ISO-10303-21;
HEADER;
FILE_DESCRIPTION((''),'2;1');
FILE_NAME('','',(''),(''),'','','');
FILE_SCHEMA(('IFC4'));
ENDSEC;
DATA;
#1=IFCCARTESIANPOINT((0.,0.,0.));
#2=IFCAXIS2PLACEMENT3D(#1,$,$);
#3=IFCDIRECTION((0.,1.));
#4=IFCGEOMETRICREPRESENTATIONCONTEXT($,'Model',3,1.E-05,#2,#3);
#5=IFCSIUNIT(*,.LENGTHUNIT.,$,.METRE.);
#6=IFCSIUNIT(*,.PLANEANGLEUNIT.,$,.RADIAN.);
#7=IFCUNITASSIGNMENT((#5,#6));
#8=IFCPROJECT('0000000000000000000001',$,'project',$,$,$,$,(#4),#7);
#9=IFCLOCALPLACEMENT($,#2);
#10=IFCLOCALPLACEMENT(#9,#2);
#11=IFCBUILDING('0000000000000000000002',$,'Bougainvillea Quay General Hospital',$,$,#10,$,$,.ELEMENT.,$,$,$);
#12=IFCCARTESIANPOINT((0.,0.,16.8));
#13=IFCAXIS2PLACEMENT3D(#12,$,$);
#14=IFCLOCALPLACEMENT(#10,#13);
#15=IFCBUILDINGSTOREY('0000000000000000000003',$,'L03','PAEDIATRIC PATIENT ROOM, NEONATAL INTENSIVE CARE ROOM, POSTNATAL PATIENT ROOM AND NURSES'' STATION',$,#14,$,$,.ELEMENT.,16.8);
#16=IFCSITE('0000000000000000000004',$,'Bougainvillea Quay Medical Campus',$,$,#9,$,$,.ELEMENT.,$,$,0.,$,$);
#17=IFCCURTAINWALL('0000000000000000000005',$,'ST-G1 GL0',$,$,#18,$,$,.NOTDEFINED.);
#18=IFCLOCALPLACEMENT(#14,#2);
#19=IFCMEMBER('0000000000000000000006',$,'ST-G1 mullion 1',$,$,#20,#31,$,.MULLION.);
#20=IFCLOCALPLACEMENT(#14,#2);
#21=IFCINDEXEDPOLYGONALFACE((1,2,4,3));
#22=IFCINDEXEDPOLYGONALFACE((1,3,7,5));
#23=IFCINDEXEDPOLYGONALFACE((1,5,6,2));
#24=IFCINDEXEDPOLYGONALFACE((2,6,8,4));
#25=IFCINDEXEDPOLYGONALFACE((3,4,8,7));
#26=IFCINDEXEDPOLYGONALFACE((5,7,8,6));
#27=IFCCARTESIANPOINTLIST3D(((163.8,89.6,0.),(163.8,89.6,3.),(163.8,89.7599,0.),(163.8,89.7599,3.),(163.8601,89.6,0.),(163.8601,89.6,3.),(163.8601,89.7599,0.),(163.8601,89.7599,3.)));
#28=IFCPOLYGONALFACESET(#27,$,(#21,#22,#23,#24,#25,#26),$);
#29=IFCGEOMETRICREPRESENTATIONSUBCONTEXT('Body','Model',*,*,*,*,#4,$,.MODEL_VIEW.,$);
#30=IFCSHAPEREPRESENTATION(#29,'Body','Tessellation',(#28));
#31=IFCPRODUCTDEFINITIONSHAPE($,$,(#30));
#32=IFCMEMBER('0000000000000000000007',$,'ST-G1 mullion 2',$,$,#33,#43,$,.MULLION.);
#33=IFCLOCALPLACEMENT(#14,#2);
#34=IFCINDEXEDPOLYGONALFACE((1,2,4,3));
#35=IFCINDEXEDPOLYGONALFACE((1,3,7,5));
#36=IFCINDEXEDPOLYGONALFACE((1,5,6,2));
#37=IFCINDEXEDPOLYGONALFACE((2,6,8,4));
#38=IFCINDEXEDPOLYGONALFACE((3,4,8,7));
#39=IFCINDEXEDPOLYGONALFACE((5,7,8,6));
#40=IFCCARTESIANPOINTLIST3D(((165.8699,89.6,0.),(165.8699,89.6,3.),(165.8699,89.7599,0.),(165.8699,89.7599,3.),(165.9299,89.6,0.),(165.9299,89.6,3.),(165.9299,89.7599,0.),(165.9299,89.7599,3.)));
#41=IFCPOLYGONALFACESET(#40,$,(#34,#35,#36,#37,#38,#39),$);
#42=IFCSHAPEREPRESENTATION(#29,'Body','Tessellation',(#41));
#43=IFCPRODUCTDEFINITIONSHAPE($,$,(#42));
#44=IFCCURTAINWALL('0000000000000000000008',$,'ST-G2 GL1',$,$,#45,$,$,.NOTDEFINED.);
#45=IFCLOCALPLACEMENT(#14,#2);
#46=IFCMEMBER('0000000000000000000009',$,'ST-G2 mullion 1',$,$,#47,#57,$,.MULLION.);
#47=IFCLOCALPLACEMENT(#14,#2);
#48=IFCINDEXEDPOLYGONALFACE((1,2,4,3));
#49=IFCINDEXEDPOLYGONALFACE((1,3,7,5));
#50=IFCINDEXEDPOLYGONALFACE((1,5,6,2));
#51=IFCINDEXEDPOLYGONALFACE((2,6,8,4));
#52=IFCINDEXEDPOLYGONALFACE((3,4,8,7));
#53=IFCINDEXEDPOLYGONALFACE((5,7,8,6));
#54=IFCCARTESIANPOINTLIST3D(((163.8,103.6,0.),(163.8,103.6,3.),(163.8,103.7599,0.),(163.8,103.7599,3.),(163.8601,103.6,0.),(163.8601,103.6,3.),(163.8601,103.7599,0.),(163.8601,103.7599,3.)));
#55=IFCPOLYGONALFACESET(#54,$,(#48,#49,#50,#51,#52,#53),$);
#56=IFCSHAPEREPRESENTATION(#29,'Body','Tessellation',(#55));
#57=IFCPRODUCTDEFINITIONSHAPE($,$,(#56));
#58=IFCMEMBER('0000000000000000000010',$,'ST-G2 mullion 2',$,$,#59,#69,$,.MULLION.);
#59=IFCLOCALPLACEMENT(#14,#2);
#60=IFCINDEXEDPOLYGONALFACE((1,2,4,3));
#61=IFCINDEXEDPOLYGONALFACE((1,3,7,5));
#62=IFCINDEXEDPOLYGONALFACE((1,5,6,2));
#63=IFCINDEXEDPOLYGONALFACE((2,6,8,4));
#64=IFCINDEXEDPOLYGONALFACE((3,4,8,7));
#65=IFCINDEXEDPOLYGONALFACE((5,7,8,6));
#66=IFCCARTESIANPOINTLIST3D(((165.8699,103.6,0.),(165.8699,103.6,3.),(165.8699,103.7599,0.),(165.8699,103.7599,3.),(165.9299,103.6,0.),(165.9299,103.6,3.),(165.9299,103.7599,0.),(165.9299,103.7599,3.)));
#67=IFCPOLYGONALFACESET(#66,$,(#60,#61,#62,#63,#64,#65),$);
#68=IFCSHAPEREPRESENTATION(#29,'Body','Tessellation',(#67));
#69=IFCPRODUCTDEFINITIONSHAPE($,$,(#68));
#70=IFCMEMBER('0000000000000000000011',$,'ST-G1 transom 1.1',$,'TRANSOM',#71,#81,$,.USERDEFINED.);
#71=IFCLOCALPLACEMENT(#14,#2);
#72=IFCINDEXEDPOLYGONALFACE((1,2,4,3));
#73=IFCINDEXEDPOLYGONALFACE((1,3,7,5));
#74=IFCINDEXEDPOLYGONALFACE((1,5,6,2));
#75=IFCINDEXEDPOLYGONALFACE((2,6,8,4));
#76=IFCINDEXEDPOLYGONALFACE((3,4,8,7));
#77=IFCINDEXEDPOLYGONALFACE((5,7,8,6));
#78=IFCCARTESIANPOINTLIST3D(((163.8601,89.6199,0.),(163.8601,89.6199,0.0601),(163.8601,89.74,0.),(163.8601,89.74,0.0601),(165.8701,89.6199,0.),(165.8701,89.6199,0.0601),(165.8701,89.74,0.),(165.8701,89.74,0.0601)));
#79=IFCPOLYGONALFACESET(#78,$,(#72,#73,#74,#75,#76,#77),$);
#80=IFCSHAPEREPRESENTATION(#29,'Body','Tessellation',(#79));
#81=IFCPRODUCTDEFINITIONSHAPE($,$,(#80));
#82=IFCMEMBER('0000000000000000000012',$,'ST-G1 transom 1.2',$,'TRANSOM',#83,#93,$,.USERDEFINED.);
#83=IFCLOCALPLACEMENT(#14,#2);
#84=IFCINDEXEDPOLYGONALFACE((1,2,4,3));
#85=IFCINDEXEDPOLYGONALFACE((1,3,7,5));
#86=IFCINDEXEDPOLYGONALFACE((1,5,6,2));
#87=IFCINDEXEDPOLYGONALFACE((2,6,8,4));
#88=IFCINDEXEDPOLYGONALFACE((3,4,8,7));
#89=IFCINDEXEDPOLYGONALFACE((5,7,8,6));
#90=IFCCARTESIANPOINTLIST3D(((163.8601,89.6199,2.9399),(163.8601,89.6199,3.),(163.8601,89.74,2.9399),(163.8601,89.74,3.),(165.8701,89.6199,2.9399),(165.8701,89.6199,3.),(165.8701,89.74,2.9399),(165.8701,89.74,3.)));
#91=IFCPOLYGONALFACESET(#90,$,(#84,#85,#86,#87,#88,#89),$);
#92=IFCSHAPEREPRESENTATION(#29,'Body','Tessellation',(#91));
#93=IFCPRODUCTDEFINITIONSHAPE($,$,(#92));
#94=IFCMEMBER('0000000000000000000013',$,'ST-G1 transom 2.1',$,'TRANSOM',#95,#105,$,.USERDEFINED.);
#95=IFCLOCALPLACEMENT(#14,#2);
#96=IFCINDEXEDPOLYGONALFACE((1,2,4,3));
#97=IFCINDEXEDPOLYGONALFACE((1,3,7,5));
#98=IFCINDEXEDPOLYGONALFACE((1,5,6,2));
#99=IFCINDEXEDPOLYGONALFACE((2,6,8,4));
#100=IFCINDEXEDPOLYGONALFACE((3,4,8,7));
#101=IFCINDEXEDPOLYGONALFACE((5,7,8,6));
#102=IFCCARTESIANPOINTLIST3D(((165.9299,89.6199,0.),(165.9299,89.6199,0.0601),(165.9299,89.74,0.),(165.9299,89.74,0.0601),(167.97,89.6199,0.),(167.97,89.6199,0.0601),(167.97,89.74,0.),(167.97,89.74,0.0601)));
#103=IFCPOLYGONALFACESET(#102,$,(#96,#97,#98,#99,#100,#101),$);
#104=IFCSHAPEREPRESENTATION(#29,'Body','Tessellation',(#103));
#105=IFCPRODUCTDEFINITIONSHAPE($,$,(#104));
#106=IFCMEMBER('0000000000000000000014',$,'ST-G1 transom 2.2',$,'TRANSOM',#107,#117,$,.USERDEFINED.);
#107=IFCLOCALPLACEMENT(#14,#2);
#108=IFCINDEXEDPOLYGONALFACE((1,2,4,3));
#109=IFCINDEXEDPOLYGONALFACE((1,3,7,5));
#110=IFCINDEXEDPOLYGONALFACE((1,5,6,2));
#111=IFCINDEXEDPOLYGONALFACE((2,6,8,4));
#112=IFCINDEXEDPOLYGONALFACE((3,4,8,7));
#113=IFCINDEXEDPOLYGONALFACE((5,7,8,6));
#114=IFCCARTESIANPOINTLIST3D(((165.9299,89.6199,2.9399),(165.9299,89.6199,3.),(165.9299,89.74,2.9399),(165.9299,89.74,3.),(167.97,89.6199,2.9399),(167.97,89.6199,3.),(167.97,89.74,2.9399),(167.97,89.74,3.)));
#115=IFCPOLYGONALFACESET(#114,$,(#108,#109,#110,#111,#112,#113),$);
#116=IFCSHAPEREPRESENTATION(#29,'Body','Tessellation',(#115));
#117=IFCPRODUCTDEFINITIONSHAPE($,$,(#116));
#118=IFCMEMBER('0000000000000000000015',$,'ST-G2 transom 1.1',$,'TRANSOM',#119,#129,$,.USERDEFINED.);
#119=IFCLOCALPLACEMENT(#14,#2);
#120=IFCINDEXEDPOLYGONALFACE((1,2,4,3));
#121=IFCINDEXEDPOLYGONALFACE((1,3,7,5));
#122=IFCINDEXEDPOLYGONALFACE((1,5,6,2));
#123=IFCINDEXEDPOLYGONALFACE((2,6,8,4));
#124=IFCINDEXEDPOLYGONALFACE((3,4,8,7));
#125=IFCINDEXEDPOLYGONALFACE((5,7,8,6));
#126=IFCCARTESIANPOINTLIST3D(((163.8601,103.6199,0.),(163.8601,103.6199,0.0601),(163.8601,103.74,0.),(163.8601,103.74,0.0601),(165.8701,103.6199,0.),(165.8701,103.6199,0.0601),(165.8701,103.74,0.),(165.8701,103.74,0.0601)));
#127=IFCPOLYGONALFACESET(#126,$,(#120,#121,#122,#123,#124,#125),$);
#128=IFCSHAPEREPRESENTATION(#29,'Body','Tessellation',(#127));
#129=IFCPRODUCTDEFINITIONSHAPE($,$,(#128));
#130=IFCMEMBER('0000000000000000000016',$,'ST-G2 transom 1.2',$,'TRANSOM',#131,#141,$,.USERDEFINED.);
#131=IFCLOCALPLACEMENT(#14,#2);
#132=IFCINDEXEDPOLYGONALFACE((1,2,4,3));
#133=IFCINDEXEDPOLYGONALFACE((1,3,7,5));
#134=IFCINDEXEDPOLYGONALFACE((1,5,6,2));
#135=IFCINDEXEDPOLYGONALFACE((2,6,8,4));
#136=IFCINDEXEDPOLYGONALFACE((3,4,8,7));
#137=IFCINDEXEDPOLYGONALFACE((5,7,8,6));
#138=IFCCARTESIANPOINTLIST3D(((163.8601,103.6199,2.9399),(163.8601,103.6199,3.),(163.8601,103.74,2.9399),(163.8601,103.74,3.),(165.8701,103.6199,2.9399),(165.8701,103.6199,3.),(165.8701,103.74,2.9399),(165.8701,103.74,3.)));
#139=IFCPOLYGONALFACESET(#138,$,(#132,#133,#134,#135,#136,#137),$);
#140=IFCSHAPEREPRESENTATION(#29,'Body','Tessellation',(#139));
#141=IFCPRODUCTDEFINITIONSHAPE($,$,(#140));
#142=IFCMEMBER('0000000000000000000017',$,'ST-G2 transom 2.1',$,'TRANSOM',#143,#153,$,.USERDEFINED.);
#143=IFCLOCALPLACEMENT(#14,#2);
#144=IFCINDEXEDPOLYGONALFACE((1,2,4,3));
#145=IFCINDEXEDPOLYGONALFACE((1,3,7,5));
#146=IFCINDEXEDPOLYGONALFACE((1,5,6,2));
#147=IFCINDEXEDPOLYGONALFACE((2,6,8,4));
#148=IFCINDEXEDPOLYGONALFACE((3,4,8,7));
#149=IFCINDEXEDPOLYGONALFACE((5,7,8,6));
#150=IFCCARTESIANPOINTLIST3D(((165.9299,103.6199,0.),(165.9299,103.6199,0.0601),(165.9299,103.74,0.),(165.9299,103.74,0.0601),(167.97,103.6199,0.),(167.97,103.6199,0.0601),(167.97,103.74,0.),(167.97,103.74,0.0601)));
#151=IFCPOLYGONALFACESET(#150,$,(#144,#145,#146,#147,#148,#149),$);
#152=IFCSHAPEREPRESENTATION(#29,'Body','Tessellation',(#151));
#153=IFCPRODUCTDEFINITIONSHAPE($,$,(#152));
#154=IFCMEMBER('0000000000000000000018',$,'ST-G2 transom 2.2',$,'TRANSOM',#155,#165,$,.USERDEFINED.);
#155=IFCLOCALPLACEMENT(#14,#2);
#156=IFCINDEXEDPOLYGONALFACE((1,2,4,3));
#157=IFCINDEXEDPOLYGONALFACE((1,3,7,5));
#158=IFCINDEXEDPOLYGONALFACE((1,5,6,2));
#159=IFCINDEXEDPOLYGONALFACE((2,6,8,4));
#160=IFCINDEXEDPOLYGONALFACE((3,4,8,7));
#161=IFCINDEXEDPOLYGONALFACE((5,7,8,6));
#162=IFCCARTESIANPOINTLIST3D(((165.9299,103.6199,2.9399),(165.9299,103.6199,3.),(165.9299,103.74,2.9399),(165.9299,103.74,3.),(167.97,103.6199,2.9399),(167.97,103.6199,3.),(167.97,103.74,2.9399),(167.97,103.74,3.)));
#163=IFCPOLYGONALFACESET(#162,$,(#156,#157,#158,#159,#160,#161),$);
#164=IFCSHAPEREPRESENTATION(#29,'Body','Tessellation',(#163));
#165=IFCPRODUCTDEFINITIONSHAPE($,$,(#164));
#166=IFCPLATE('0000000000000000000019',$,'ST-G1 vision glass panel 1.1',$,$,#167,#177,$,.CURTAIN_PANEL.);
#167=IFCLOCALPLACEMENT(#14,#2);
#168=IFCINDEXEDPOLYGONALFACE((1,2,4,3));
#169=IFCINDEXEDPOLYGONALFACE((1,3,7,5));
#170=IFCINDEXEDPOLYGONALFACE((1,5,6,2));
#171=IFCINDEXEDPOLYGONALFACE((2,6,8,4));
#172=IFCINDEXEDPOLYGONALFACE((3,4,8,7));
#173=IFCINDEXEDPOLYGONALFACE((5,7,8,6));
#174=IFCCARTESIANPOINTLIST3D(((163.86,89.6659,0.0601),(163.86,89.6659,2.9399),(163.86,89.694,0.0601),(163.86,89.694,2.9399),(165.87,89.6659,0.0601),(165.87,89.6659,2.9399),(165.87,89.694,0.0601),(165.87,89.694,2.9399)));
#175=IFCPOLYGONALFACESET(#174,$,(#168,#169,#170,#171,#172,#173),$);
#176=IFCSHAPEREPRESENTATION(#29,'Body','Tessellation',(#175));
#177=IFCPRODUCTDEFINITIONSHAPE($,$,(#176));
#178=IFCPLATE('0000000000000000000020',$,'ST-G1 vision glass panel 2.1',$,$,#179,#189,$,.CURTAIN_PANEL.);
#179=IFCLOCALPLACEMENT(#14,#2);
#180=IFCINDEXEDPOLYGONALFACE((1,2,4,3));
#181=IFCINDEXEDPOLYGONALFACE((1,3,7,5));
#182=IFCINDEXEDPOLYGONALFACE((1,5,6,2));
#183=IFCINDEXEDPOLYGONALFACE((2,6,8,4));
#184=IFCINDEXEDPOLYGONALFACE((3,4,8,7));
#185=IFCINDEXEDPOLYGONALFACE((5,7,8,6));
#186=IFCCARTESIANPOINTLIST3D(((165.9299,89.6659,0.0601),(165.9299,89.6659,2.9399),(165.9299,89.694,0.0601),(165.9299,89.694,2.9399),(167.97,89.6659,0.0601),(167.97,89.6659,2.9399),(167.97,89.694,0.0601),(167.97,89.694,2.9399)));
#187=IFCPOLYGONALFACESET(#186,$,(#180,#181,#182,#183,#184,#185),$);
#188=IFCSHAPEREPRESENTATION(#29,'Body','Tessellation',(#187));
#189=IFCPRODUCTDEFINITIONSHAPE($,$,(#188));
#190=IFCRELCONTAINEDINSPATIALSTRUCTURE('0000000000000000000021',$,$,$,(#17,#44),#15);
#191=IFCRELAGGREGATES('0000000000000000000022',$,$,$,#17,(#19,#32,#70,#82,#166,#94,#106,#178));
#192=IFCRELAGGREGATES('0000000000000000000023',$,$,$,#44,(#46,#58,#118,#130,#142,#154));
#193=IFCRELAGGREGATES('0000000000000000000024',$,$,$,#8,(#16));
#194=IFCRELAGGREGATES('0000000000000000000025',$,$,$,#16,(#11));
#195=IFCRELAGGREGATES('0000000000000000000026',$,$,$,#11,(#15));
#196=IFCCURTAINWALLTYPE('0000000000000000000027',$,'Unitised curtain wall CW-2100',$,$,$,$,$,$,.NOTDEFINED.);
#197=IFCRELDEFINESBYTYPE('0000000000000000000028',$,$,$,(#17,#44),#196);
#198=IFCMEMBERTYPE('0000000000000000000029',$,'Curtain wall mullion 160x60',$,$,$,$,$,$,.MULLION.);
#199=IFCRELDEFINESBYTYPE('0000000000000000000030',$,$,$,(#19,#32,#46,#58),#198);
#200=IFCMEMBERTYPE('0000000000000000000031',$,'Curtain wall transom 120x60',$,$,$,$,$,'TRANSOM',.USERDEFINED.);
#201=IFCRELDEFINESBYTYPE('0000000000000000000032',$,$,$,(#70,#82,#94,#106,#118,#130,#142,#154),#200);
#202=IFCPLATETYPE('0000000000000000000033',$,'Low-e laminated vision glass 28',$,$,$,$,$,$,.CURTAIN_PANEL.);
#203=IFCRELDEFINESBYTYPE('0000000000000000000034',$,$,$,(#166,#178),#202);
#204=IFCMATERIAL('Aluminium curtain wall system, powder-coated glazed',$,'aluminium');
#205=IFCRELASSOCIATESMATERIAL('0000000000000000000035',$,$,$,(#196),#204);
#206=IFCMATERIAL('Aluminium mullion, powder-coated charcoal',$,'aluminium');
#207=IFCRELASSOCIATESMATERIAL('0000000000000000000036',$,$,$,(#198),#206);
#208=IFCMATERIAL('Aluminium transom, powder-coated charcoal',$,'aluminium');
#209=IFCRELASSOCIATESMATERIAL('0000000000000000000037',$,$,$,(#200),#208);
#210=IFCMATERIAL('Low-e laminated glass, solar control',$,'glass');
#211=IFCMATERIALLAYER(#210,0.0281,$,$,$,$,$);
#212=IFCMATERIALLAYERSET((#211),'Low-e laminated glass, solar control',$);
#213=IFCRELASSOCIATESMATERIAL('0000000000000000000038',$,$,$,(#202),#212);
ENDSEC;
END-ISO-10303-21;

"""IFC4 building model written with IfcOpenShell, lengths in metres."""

from ifc_helpers import new_model, si_unit, direction, frame, origin, origin_2d, place, context, subcontext, project, spatial, rectangle, extrude, material, layer, layer_set, material_profile, profile_set, type_object, element, aggregate, save


model = new_model("IFC4")

# Units and contexts
model_context = context("Model", 3, precision=1e-05, world=origin(), true_north=direction((0.0, 1.0)))
body_context = subcontext(model_context, "Body", "Model", "MODEL_VIEW")
ifc_project = project(units=[si_unit("LENGTHUNIT", "METRE"), si_unit("PLANEANGLEUNIT", "RADIAN")], contexts=[model_context])

# Site, building, storey
site_placement = place(None, origin())
site = spatial("IfcSite", under=ifc_project, at=site_placement, Name="Bougainvillea Quay Medical Campus", CompositionType="ELEMENT", RefElevation=0.0)
building_placement = place(site_placement, origin())
building = spatial("IfcBuilding", under=site, at=building_placement, Name="Bougainvillea Quay General Hospital", CompositionType="ELEMENT")
storey_placement = place(building_placement, frame((0.0, 0.0, 16.8)))
storey = spatial("IfcBuildingStorey", under=building, at=storey_placement, Name="L03", Description="PAEDIATRIC PATIENT ROOM, NEONATAL INTENSIVE CARE ROOM, POSTNATAL PATIENT ROOM AND NURSES' STATION", CompositionType="ELEMENT", Elevation=16.8)

# Curtain walls, members
ifc_material_1 = material(Name="Aluminium curtain wall system, powder-coated glazed", Category="aluminium")
curtain_wall_type = type_object("IfcCurtainWallType", Name="Unitised curtain wall CW-2100", PredefinedType="NOTDEFINED", material=ifc_material_1)
curtain_wall_1_placement = place(storey_placement, origin())
curtain_wall_1 = element("IfcCurtainWall", 1, at=curtain_wall_1_placement, inside=storey, type_object=curtain_wall_type, Name="ST-G1 GL0", PredefinedType="NOTDEFINED")
ifc_material_2 = material(Name="Aluminium mullion, powder-coated charcoal", Category="aluminium")
ifc_material_profile_1 = material_profile(ifc_material_2, rectangle(XDim=0.1599, YDim=0.0601, at=origin_2d()))
ifc_profile_set_1 = profile_set([ifc_material_profile_1], Name="Aluminium mullion, powder-coated charcoal")
member_type_1 = type_object("IfcMemberType", Name="Curtain wall mullion 160x60", PredefinedType="MULLION", material=ifc_profile_set_1)
member_1_placement = place(storey_placement, frame((163.8301, 89.6799, 0.0), z_axis=(0.0, 0.0, 1.0), x_axis=(0.0, 1.0, 0.0)))
member_1 = element("IfcMember", 2, at=member_1_placement, type_object=member_type_1, Name="ST-G1 mullion 1", PredefinedType="MULLION", context=body_context, shape_type="SweptSolid", body=[
    extrude(rectangle(XDim=0.1599, YDim=0.0601, at=origin_2d()), origin(), (0.0, 0.0, 1.0), 3.0),
])
member_2_placement = place(storey_placement, frame((165.8999, 89.6799, 0.0), z_axis=(0.0, 0.0, 1.0), x_axis=(0.0, 1.0, 0.0)))
member_2 = element("IfcMember", 3, at=member_2_placement, type_object=member_type_1, Name="ST-G1 mullion 2", PredefinedType="MULLION", context=body_context, shape_type="SweptSolid", body=[
    extrude(rectangle(XDim=0.1599, YDim=0.0601, at=origin_2d()), origin(), (0.0, 0.0, 1.0), 3.0),
])
curtain_wall_2_placement = place(storey_placement, origin())
curtain_wall_2 = element("IfcCurtainWall", 4, at=curtain_wall_2_placement, inside=storey, type_object=curtain_wall_type, Name="ST-G2 GL1", PredefinedType="NOTDEFINED")
member_3_placement = place(storey_placement, frame((163.8301, 103.6799, 0.0), z_axis=(0.0, 0.0, 1.0), x_axis=(0.0, 1.0, 0.0)))
member_3 = element("IfcMember", 5, at=member_3_placement, type_object=member_type_1, Name="ST-G2 mullion 1", PredefinedType="MULLION", context=body_context, shape_type="SweptSolid", body=[
    extrude(rectangle(XDim=0.1599, YDim=0.0601, at=origin_2d()), origin(), (0.0, 0.0, 1.0), 3.0),
])
member_4_placement = place(storey_placement, frame((165.8999, 103.6799, 0.0), z_axis=(0.0, 0.0, 1.0), x_axis=(0.0, 1.0, 0.0)))
member_4 = element("IfcMember", 6, at=member_4_placement, type_object=member_type_1, Name="ST-G2 mullion 2", PredefinedType="MULLION", context=body_context, shape_type="SweptSolid", body=[
    extrude(rectangle(XDim=0.1599, YDim=0.0601, at=origin_2d()), origin(), (0.0, 0.0, 1.0), 3.0),
])

# Members
ifc_material_3 = material(Name="Aluminium transom, powder-coated charcoal", Category="aluminium")
ifc_material_profile_2 = material_profile(ifc_material_3, rectangle(XDim=0.1201, YDim=0.0601, at=origin_2d()))
ifc_profile_set_2 = profile_set([ifc_material_profile_2], Name="Aluminium transom, powder-coated charcoal")
member_type_2 = type_object("IfcMemberType", Name="Curtain wall transom 120x60", ElementType="TRANSOM", PredefinedType="USERDEFINED", material=ifc_profile_set_2)
member_5_placement = place(storey_placement, frame((163.8601, 89.6799, 0.03), z_axis=(1.0, 0.0, 0.0), x_axis=(0.0, 1.0, 0.0)))
member_5 = element("IfcMember", 7, at=member_5_placement, type_object=member_type_2, Name="ST-G1 transom 1.1", ObjectType="TRANSOM", PredefinedType="USERDEFINED", context=body_context, shape_type="SweptSolid", body=[
    extrude(rectangle(XDim=0.1201, YDim=0.0601, at=origin_2d()), origin(), (0.0, 0.0, 1.0), 2.01),
])
member_6_placement = place(storey_placement, frame((163.8601, 89.6799, 2.97), z_axis=(1.0, 0.0, 0.0), x_axis=(0.0, 1.0, 0.0)))
member_6 = element("IfcMember", 8, at=member_6_placement, type_object=member_type_2, Name="ST-G1 transom 1.2", ObjectType="TRANSOM", PredefinedType="USERDEFINED", context=body_context, shape_type="SweptSolid", body=[
    extrude(rectangle(XDim=0.1201, YDim=0.0601, at=origin_2d()), origin(), (0.0, 0.0, 1.0), 2.01),
])
member_7_placement = place(storey_placement, frame((165.9299, 89.6799, 0.03), z_axis=(1.0, 0.0, 0.0), x_axis=(0.0, 1.0, 0.0)))
member_7 = element("IfcMember", 9, at=member_7_placement, type_object=member_type_2, Name="ST-G1 transom 2.1", ObjectType="TRANSOM", PredefinedType="USERDEFINED", context=body_context, shape_type="SweptSolid", body=[
    extrude(rectangle(XDim=0.1201, YDim=0.0601, at=origin_2d()), origin(), (0.0, 0.0, 1.0), 2.04),
])
member_8_placement = place(storey_placement, frame((165.9299, 89.6799, 2.97), z_axis=(1.0, 0.0, 0.0), x_axis=(0.0, 1.0, 0.0)))
member_8 = element("IfcMember", 10, at=member_8_placement, type_object=member_type_2, Name="ST-G1 transom 2.2", ObjectType="TRANSOM", PredefinedType="USERDEFINED", context=body_context, shape_type="SweptSolid", body=[
    extrude(rectangle(XDim=0.1201, YDim=0.0601, at=origin_2d()), origin(), (0.0, 0.0, 1.0), 2.04),
])
member_9_placement = place(storey_placement, frame((163.8601, 103.6799, 0.03), z_axis=(1.0, 0.0, 0.0), x_axis=(0.0, 1.0, 0.0)))
member_9 = element("IfcMember", 11, at=member_9_placement, type_object=member_type_2, Name="ST-G2 transom 1.1", ObjectType="TRANSOM", PredefinedType="USERDEFINED", context=body_context, shape_type="SweptSolid", body=[
    extrude(rectangle(XDim=0.1201, YDim=0.0601, at=origin_2d()), origin(), (0.0, 0.0, 1.0), 2.01),
])
member_10_placement = place(storey_placement, frame((163.8601, 103.6799, 2.97), z_axis=(1.0, 0.0, 0.0), x_axis=(0.0, 1.0, 0.0)))
member_10 = element("IfcMember", 12, at=member_10_placement, type_object=member_type_2, Name="ST-G2 transom 1.2", ObjectType="TRANSOM", PredefinedType="USERDEFINED", context=body_context, shape_type="SweptSolid", body=[
    extrude(rectangle(XDim=0.1201, YDim=0.0601, at=origin_2d()), origin(), (0.0, 0.0, 1.0), 2.01),
])
member_11_placement = place(storey_placement, frame((165.9299, 103.6799, 0.03), z_axis=(1.0, 0.0, 0.0), x_axis=(0.0, 1.0, 0.0)))
member_11 = element("IfcMember", 13, at=member_11_placement, type_object=member_type_2, Name="ST-G2 transom 2.1", ObjectType="TRANSOM", PredefinedType="USERDEFINED", context=body_context, shape_type="SweptSolid", body=[
    extrude(rectangle(XDim=0.1201, YDim=0.0601, at=origin_2d()), origin(), (0.0, 0.0, 1.0), 2.04),
])
member_12_placement = place(storey_placement, frame((165.9299, 103.6799, 2.97), z_axis=(1.0, 0.0, 0.0), x_axis=(0.0, 1.0, 0.0)))
member_12 = element("IfcMember", 14, at=member_12_placement, type_object=member_type_2, Name="ST-G2 transom 2.2", ObjectType="TRANSOM", PredefinedType="USERDEFINED", context=body_context, shape_type="SweptSolid", body=[
    extrude(rectangle(XDim=0.1201, YDim=0.0601, at=origin_2d()), origin(), (0.0, 0.0, 1.0), 2.04),
])

# Plates
ifc_material_4 = material(Name="Low-e laminated glass, solar control", Category="glass")
ifc_layer_1 = layer(ifc_material_4, 0.0281)
ifc_layer_set_1 = layer_set([ifc_layer_1], Name="Low-e laminated glass, solar control")
plate_type = type_object("IfcPlateType", Name="Low-e laminated vision glass 28", PredefinedType="CURTAIN_PANEL", material=ifc_layer_set_1)
plate_1_placement = place(storey_placement, frame((164.865, 89.6799, 0.0601), z_axis=(0.0, 0.0, 1.0), x_axis=(1.0, 0.0, 0.0)))
plate_1 = element("IfcPlate", 15, at=plate_1_placement, type_object=plate_type, Name="ST-G1 vision glass panel 1.1", PredefinedType="CURTAIN_PANEL", context=body_context, shape_type="SweptSolid", body=[
    extrude(rectangle(XDim=2.01, YDim=0.0281, at=origin_2d()), origin(), (0.0, 0.0, 1.0), 2.8799),
])
plate_2_placement = place(storey_placement, frame((166.95, 89.6799, 0.0601), z_axis=(0.0, 0.0, 1.0), x_axis=(1.0, 0.0, 0.0)))
plate_2 = element("IfcPlate", 16, at=plate_2_placement, type_object=plate_type, Name="ST-G1 vision glass panel 2.1", PredefinedType="CURTAIN_PANEL", context=body_context, shape_type="SweptSolid", body=[
    extrude(rectangle(XDim=2.04, YDim=0.0281, at=origin_2d()), origin(), (0.0, 0.0, 1.0), 2.8799),
])
aggregate(curtain_wall_1, [member_1, member_2, member_5, member_6, plate_1, member_7, member_8, plate_2])
aggregate(curtain_wall_2, [member_3, member_4, member_9, member_10, member_11, member_12])

save(model, "model.ifc")
